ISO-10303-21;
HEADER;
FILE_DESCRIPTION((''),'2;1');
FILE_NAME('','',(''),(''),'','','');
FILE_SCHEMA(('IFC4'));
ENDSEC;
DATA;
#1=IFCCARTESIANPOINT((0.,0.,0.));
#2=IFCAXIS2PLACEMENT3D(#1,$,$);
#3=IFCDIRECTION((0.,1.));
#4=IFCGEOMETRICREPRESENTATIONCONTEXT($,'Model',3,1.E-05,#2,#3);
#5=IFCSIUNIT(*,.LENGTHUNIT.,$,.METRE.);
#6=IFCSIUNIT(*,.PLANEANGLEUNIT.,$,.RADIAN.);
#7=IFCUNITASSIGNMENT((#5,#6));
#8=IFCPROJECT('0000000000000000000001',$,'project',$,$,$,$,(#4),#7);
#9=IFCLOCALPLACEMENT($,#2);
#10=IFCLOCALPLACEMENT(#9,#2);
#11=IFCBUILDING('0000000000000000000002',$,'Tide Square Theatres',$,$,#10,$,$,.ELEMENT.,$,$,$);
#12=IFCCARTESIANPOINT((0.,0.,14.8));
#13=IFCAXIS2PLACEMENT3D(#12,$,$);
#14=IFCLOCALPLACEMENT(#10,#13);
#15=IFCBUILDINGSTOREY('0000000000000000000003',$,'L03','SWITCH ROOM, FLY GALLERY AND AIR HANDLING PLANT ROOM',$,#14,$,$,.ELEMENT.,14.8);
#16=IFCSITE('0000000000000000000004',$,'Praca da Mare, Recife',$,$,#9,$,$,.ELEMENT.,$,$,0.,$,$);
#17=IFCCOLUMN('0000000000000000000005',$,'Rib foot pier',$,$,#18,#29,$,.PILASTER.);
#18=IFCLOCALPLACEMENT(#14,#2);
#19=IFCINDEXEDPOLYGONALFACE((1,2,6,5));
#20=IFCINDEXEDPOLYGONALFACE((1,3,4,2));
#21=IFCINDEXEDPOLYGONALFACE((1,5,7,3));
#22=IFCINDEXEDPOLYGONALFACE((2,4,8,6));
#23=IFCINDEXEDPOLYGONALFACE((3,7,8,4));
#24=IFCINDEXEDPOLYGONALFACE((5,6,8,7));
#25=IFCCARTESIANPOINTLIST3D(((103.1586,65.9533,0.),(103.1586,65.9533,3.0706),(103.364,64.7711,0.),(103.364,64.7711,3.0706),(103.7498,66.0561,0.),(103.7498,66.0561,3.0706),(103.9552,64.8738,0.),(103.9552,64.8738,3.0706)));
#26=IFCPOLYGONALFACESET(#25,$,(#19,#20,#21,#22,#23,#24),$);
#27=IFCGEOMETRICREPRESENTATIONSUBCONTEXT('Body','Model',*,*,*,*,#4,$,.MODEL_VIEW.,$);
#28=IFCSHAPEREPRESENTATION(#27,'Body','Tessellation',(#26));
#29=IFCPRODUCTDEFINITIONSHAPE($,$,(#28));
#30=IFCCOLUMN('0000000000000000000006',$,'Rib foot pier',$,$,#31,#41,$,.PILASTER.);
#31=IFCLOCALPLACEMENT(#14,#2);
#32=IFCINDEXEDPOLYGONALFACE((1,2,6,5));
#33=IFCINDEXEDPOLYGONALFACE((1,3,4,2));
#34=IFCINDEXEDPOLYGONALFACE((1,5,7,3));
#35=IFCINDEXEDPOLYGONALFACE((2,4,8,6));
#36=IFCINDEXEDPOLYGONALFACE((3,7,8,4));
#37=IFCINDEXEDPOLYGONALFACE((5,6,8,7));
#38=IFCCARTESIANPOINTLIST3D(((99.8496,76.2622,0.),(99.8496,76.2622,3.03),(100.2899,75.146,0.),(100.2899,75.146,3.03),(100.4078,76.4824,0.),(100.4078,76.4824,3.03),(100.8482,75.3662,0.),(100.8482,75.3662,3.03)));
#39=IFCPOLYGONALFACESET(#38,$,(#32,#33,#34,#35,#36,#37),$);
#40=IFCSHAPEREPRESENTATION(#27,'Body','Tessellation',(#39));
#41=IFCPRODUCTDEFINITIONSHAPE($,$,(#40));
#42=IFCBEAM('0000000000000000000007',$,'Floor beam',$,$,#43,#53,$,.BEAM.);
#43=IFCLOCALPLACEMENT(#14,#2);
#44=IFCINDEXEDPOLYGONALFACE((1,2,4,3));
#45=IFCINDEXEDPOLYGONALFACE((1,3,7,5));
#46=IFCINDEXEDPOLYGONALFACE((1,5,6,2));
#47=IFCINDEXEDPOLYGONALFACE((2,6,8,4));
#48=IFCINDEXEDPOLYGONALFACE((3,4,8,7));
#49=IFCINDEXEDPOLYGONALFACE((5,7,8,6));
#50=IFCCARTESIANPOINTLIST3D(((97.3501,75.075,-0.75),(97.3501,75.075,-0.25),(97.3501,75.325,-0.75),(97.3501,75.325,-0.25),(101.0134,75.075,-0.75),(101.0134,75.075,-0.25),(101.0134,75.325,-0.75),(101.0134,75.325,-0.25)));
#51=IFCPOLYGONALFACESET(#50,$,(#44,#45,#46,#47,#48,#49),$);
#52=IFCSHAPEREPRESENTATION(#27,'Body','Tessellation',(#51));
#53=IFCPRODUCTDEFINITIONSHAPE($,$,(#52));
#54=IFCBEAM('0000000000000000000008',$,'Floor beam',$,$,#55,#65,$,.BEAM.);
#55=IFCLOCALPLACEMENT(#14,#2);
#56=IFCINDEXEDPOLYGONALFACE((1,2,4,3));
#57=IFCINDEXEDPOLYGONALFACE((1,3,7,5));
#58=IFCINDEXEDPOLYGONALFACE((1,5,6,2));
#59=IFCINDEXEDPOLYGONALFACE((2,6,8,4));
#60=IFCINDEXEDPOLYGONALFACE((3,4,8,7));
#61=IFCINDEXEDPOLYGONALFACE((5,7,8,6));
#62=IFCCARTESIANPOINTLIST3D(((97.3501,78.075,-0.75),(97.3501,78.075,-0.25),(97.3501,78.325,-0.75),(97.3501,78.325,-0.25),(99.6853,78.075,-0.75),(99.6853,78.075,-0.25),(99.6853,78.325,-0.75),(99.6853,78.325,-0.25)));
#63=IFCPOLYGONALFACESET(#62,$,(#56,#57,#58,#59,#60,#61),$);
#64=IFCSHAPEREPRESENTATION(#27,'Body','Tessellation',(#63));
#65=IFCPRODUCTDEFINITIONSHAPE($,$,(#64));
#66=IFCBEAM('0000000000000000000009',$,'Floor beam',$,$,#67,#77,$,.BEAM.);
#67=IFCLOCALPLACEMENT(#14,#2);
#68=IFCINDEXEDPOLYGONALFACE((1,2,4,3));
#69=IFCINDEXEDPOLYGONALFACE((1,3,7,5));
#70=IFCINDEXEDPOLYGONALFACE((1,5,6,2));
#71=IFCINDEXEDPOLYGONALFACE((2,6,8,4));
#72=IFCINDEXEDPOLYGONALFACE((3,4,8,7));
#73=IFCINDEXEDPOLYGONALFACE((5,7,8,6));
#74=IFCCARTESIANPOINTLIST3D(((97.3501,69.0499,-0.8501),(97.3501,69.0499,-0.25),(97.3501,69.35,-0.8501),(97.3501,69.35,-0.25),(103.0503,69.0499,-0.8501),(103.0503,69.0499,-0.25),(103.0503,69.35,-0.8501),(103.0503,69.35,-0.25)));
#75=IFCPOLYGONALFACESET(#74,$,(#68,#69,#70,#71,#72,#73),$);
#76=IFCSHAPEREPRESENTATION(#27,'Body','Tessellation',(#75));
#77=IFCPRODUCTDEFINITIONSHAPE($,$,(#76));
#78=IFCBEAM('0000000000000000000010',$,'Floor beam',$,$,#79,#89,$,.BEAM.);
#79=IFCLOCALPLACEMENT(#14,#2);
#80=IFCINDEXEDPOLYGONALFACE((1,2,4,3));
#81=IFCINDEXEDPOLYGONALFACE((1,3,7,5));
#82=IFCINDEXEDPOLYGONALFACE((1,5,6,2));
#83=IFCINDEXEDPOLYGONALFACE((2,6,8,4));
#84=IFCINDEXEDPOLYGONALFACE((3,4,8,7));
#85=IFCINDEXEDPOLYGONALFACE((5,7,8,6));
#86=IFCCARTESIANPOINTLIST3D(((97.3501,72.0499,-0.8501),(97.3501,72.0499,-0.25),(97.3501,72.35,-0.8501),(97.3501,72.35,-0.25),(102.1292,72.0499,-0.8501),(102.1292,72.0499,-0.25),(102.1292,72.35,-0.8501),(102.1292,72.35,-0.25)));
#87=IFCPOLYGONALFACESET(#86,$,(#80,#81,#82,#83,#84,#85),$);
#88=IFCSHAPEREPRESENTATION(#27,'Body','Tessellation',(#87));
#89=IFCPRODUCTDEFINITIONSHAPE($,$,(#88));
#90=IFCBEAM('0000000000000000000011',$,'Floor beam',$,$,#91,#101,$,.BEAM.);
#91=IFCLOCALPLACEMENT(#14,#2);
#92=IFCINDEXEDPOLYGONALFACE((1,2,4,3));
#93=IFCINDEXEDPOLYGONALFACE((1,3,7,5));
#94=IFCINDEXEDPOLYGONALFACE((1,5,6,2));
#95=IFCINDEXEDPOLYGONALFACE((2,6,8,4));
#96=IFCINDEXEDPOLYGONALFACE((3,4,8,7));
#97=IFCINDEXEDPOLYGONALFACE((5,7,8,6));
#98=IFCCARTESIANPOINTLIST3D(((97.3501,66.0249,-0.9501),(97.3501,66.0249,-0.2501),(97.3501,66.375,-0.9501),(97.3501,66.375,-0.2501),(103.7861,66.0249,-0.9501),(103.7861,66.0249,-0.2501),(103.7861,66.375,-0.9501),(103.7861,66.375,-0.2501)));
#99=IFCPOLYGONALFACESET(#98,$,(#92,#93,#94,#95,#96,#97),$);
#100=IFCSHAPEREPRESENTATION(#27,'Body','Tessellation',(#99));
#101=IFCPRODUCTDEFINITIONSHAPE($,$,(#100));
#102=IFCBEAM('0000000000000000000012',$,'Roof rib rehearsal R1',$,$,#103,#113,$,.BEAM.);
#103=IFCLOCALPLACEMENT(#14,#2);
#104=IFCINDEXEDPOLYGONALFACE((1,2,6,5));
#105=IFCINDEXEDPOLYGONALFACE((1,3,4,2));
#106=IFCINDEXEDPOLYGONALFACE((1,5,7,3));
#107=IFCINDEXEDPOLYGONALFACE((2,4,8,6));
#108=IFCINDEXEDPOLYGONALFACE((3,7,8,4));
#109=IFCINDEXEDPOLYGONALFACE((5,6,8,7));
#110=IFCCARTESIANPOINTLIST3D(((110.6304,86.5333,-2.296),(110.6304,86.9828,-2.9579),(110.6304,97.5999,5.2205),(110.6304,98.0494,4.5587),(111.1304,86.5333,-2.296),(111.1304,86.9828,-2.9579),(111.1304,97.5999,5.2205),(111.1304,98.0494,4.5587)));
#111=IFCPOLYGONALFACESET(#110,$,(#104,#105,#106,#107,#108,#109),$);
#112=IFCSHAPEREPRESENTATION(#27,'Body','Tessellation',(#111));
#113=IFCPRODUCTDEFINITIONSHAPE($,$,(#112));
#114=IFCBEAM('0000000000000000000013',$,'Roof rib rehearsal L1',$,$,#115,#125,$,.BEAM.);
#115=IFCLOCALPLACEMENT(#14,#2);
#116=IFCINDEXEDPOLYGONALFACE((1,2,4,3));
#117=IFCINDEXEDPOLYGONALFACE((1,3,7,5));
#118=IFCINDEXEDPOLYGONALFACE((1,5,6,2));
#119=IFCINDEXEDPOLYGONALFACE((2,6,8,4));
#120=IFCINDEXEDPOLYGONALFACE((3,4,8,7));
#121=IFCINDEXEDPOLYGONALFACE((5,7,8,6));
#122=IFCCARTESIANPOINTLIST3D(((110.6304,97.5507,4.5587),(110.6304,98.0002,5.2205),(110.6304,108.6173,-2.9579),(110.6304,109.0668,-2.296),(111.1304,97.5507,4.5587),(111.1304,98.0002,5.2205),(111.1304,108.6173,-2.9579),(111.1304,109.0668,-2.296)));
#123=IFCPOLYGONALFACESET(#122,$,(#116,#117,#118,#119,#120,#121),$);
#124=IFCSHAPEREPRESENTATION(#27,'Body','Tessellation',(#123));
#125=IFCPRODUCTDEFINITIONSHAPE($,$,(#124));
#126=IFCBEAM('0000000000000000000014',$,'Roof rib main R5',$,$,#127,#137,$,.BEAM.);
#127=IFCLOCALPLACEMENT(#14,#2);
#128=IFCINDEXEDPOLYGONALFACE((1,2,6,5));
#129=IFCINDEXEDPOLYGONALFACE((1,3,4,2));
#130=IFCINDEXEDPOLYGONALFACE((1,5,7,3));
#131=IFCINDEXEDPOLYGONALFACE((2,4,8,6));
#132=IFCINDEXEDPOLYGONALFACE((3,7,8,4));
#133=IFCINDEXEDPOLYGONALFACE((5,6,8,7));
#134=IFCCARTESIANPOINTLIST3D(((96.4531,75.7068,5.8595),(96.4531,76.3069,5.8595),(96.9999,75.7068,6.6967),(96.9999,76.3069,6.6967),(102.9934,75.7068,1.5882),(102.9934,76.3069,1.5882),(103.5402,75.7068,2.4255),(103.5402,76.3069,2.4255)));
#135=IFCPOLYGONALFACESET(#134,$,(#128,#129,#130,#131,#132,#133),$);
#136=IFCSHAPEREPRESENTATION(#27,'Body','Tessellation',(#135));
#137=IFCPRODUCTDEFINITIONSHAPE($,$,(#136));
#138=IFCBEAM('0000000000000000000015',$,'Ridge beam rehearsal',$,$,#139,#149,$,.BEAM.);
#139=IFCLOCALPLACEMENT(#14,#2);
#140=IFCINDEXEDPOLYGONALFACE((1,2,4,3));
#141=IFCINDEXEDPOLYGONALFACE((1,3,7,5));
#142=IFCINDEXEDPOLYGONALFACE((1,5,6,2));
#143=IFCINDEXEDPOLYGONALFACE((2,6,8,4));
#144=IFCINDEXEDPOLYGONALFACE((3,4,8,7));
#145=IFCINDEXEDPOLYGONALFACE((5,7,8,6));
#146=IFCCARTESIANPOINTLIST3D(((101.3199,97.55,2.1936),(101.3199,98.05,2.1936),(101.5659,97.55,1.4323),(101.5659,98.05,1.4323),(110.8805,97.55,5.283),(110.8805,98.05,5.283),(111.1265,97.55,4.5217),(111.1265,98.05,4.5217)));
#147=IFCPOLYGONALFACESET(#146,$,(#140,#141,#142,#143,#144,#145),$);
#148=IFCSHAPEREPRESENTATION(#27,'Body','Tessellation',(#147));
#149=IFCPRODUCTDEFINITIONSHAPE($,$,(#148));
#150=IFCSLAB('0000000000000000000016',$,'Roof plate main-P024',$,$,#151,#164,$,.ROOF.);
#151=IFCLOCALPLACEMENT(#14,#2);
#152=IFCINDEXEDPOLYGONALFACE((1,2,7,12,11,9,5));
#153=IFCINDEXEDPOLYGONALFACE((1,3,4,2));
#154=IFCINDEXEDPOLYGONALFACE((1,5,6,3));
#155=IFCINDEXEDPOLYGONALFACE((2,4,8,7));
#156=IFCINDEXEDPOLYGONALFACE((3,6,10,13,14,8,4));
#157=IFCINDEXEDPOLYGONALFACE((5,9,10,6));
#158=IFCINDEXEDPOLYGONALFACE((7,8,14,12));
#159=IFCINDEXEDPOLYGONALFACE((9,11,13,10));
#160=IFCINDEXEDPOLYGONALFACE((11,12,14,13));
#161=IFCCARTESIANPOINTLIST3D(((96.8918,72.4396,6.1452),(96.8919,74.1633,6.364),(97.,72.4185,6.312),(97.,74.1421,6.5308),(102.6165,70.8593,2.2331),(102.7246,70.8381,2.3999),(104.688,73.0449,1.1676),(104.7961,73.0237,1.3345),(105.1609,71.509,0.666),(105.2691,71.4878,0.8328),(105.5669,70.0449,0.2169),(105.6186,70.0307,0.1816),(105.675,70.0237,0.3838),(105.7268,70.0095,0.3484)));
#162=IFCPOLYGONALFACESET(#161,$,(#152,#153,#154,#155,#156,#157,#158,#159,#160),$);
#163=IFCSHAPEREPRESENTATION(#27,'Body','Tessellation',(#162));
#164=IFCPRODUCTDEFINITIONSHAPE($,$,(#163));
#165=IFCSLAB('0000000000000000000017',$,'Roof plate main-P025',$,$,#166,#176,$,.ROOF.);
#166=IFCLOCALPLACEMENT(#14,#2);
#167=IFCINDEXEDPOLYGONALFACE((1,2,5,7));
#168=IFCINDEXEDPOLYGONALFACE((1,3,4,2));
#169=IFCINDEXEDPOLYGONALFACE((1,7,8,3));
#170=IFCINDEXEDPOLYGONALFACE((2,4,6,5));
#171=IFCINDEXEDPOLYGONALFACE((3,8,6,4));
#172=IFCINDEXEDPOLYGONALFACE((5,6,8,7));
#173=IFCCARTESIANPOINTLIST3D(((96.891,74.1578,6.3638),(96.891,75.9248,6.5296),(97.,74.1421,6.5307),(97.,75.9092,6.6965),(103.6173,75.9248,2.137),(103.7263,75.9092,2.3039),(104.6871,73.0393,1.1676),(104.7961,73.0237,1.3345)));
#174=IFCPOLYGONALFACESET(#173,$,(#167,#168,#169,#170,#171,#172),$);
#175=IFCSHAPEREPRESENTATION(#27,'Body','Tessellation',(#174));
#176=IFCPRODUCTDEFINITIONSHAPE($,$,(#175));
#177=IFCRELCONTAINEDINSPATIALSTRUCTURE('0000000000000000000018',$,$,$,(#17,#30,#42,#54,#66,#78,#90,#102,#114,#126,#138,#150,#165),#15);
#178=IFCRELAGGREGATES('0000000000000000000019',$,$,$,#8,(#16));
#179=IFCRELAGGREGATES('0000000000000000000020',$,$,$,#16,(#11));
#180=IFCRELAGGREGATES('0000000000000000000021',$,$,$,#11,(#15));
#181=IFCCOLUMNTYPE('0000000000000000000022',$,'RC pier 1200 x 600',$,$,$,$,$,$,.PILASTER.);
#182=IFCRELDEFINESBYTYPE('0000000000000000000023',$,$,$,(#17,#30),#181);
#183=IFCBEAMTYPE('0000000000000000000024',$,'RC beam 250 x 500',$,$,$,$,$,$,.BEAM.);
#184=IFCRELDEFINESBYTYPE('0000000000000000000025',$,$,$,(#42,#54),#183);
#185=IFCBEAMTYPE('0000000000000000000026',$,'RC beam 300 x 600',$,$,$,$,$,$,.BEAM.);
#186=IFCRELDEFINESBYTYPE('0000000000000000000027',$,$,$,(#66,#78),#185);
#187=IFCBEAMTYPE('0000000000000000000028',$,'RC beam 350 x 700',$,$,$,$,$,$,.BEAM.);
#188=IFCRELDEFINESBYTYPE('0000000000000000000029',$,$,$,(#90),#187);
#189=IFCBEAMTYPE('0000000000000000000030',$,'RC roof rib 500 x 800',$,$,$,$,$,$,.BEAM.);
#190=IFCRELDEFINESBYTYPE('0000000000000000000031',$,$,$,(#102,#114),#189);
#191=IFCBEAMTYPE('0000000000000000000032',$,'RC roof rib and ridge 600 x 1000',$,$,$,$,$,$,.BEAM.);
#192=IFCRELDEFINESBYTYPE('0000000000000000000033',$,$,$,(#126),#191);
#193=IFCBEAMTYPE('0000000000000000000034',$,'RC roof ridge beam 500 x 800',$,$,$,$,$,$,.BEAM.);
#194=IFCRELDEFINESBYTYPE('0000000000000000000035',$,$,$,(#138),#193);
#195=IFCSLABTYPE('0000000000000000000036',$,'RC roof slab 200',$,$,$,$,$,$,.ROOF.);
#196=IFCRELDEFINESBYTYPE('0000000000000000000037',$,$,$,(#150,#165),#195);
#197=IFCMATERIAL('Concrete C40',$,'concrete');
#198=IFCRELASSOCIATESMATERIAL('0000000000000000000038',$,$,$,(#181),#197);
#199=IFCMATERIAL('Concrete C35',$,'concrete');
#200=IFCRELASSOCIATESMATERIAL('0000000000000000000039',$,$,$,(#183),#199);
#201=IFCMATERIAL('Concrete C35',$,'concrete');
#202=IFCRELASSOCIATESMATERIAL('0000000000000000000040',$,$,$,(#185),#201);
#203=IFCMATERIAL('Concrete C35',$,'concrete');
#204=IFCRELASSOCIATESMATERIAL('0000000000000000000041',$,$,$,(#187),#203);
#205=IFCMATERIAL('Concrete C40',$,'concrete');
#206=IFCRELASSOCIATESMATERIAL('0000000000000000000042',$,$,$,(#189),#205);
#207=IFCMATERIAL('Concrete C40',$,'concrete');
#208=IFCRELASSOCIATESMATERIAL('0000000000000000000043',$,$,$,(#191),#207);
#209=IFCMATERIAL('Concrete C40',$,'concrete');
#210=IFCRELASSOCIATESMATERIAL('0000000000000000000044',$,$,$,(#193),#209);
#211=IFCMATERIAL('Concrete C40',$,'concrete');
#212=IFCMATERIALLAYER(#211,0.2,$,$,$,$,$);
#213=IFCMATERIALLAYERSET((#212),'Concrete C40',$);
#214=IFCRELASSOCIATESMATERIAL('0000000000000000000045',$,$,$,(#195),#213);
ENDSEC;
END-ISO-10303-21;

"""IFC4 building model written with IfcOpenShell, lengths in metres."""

from ifc_helpers import new_model, si_unit, direction, frame, origin, origin_2d, place, context, subcontext, project, spatial, polyline, rectangle, outline, extrude, material, layer, layer_set, material_profile, profile_set, type_object, element, save


model = new_model("IFC4")

# Units and contexts
model_context = context("Model", 3, precision=1e-05, world=origin(), true_north=direction((0.0, 1.0)))
body_context = subcontext(model_context, "Body", "Model", "MODEL_VIEW")
ifc_project = project(units=[si_unit("LENGTHUNIT", "METRE"), si_unit("PLANEANGLEUNIT", "RADIAN")], contexts=[model_context])

# Site, building, storey
site_placement = place(None, origin())
site = spatial("IfcSite", under=ifc_project, at=site_placement, Name="Praca da Mare, Recife", CompositionType="ELEMENT", RefElevation=0.0)
building_placement = place(site_placement, origin())
building = spatial("IfcBuilding", under=site, at=building_placement, Name="Tide Square Theatres", CompositionType="ELEMENT")
storey_placement = place(building_placement, frame((0.0, 0.0, 14.8)))
storey = spatial("IfcBuildingStorey", under=building, at=storey_placement, Name="L03", Description="SWITCH ROOM, FLY GALLERY AND AIR HANDLING PLANT ROOM", CompositionType="ELEMENT", Elevation=14.8)

# Columns
ifc_material_1 = material(Name="Concrete C40", Category="concrete")
ifc_material_profile_1 = material_profile(ifc_material_1, rectangle(XDim=1.2, YDim=0.6001, at=origin_2d()))
ifc_profile_set_1 = profile_set([ifc_material_profile_1], Name="Concrete C40")
column_type = type_object("IfcColumnType", Name="RC pier 1200 x 600", PredefinedType="PILASTER", material=ifc_profile_set_1)
column_1_placement = place(storey_placement, frame((103.5569, 65.4136, 0.0), z_axis=(0.0, 0.0, 1.0), x_axis=(-0.171173, 0.985241, 0.0)))
element("IfcColumn", 1, at=column_1_placement, inside=storey, type_object=column_type, Name="Rib foot pier", PredefinedType="PILASTER", context=body_context, shape_type="SweptSolid", body=[
    extrude(rectangle(XDim=1.2, YDim=0.6001, at=origin_2d()), origin(), (0.0, 0.0, 1.0), 3.0706),
])
column_2_placement = place(storey_placement, frame((100.3489, 75.8142, 0.0), z_axis=(0.0, 0.0, 1.0), x_axis=(-0.366956, 0.930238, 0.0)))
element("IfcColumn", 2, at=column_2_placement, inside=storey, type_object=column_type, Name="Rib foot pier", PredefinedType="PILASTER", context=body_context, shape_type="SweptSolid", body=[
    extrude(rectangle(XDim=1.2, YDim=0.6001, at=origin_2d()), origin(), (0.0, 0.0, 1.0), 3.03),
])

# Beams
ifc_material_2 = material(Name="Concrete C35", Category="concrete")
ifc_material_profile_2 = material_profile(ifc_material_2, rectangle(XDim=0.25, YDim=0.5, at=origin_2d()))
ifc_profile_set_2 = profile_set([ifc_material_profile_2], Name="Concrete C35")
beam_type_1 = type_object("IfcBeamType", Name="RC beam 250 x 500", PredefinedType="BEAM", material=ifc_profile_set_2)
beam_1_placement = place(storey_placement, frame((97.3501, 75.2, -0.5), z_axis=(1.0, 0.0, 0.0), x_axis=(0.0, 1.0, 0.0)))
element("IfcBeam", 3, at=beam_1_placement, inside=storey, type_object=beam_type_1, Name="Floor beam", PredefinedType="BEAM", context=body_context, shape_type="SweptSolid", body=[
    extrude(rectangle(XDim=0.25, YDim=0.5, at=origin_2d()), origin(), (0.0, 0.0, 1.0), 3.6633),
])
beam_2_placement = place(storey_placement, frame((97.3501, 78.2, -0.5), z_axis=(1.0, 0.0, 0.0), x_axis=(0.0, 1.0, 0.0)))
element("IfcBeam", 4, at=beam_2_placement, inside=storey, type_object=beam_type_1, Name="Floor beam", PredefinedType="BEAM", context=body_context, shape_type="SweptSolid", body=[
    extrude(rectangle(XDim=0.25, YDim=0.5, at=origin_2d()), origin(), (0.0, 0.0, 1.0), 2.3352),
])
ifc_material_3 = material(Name="Concrete C35", Category="concrete")
ifc_material_profile_3 = material_profile(ifc_material_3, rectangle(XDim=0.3, YDim=0.6001, at=origin_2d()))
ifc_profile_set_3 = profile_set([ifc_material_profile_3], Name="Concrete C35")
beam_type_2 = type_object("IfcBeamType", Name="RC beam 300 x 600", PredefinedType="BEAM", material=ifc_profile_set_3)
beam_3_placement = place(storey_placement, frame((97.3501, 69.2, -0.55), z_axis=(1.0, 0.0, 0.0), x_axis=(0.0, 1.0, 0.0)))
element("IfcBeam", 5, at=beam_3_placement, inside=storey, type_object=beam_type_2, Name="Floor beam", PredefinedType="BEAM", context=body_context, shape_type="SweptSolid", body=[
    extrude(rectangle(XDim=0.3, YDim=0.6001, at=origin_2d()), origin(), (0.0, 0.0, 1.0), 5.7002),
])
beam_4_placement = place(storey_placement, frame((97.3501, 72.2, -0.55), z_axis=(1.0, 0.0, 0.0), x_axis=(0.0, 1.0, 0.0)))
element("IfcBeam", 6, at=beam_4_placement, inside=storey, type_object=beam_type_2, Name="Floor beam", PredefinedType="BEAM", context=body_context, shape_type="SweptSolid", body=[
    extrude(rectangle(XDim=0.3, YDim=0.6001, at=origin_2d()), origin(), (0.0, 0.0, 1.0), 4.7791),
])
ifc_material_4 = material(Name="Concrete C35", Category="concrete")
ifc_material_profile_4 = material_profile(ifc_material_4, rectangle(XDim=0.3501, YDim=0.7, at=origin_2d()))
ifc_profile_set_4 = profile_set([ifc_material_profile_4], Name="Concrete C35")
beam_type_3 = type_object("IfcBeamType", Name="RC beam 350 x 700", PredefinedType="BEAM", material=ifc_profile_set_4)
beam_5_placement = place(storey_placement, frame((97.3501, 66.2, -0.6001), z_axis=(1.0, 0.0, 0.0), x_axis=(0.0, 1.0, 0.0)))
element("IfcBeam", 7, at=beam_5_placement, inside=storey, type_object=beam_type_3, Name="Floor beam", PredefinedType="BEAM", context=body_context, shape_type="SweptSolid", body=[
    extrude(rectangle(XDim=0.3501, YDim=0.7, at=origin_2d()), origin(), (0.0, 0.0, 1.0), 6.436),
])
ifc_material_5 = material(Name="Concrete C40", Category="concrete")
ifc_material_profile_5 = material_profile(ifc_material_5, rectangle(XDim=0.5, YDim=0.8, at=origin_2d()))
ifc_profile_set_5 = profile_set([ifc_material_profile_5], Name="Concrete C40")
beam_type_4 = type_object("IfcBeamType", Name="RC roof rib 500 x 800", PredefinedType="BEAM", material=ifc_profile_set_5)
for number, where, z_axis, x_axis, name in (
    (8, (110.8804, 86.7581, -2.627), (0.0, 0.827229, 0.561864), (-1.0, 0.0, 0.0), "Roof rib rehearsal R1"),
    (9, (110.8804, 108.842, -2.627), (0.0, -0.827229, 0.561864), (1.0, 0.0, 0.0), "Roof rib rehearsal L1"),
):
    element("IfcBeam", number, at=place(storey_placement, frame(where, z_axis=z_axis, x_axis=x_axis)), inside=storey, type_object=beam_type_4, Name=name, PredefinedType="BEAM", context=body_context, shape_type="SweptSolid", body=[
        extrude(rectangle(XDim=0.5, YDim=0.8, at=origin_2d()), origin(), (0.0, 0.0, 1.0), 13.3779),
    ])
ifc_material_6 = material(Name="Concrete C40", Category="concrete")
ifc_material_profile_6 = material_profile(ifc_material_6, rectangle(XDim=0.6001, YDim=1.0, at=origin_2d()))
ifc_profile_set_6 = profile_set([ifc_material_profile_6], Name="Concrete C40")
beam_type_5 = type_object("IfcBeamType", Name="RC roof rib and ridge 600 x 1000", PredefinedType="BEAM", material=ifc_profile_set_6)
beam_6_placement = place(storey_placement, frame((103.2668, 76.0068, 2.0068), z_axis=(-0.837268, 0.0, 0.546792), x_axis=(0.0, -1.0, 0.0)))
element("IfcBeam", 10, at=beam_6_placement, inside=storey, type_object=beam_type_5, Name="Roof rib main R5", PredefinedType="BEAM", context=body_context, shape_type="SweptSolid", body=[
    extrude(rectangle(XDim=0.6001, YDim=1.0, at=origin_2d()), origin(), (0.0, 0.0, 1.0), 7.8115),
])
ifc_material_7 = material(Name="Concrete C40", Category="concrete")
ifc_material_profile_7 = material_profile(ifc_material_7, rectangle(XDim=0.5, YDim=0.8, at=origin_2d()))
ifc_profile_set_7 = profile_set([ifc_material_profile_7], Name="Concrete C40")
beam_type_6 = type_object("IfcBeamType", Name="RC roof ridge beam 500 x 800", PredefinedType="BEAM", material=ifc_profile_set_7)
beam_7_placement = place(storey_placement, frame((101.4429, 97.8, 1.813), z_axis=(0.951554, 0.0, 0.307481), x_axis=(0.0, 1.0, 0.0)))
element("IfcBeam", 11, at=beam_7_placement, inside=storey, type_object=beam_type_6, Name="Ridge beam rehearsal", PredefinedType="BEAM", context=body_context, shape_type="SweptSolid", body=[
    extrude(rectangle(XDim=0.5, YDim=0.8, at=origin_2d()), origin(), (0.0, 0.0, 1.0), 10.0474),
])

# Slabs
ifc_material_8 = material(Name="Concrete C40", Category="concrete")
ifc_layer_1 = layer(ifc_material_8, 0.2)
ifc_layer_set_1 = layer_set([ifc_layer_1], Name="Concrete C40")
slab_type = type_object("IfcSlabType", Name="RC roof slab 200", PredefinedType="ROOF", material=ifc_layer_set_1)
slab_1_placement = place(storey_placement, frame((104.7961, 73.0237, 1.3345), z_axis=(0.540932, -0.105945, 0.834367), x_axis=(-0.826237, 0.118529, 0.550712)))
element("IfcSlab", 12, at=slab_1_placement, inside=storey, type_object=slab_type, Name="Roof plate main-P024", PredefinedType="ROOF", context=body_context, shape_type="SweptSolid", body=[
    extrude(outline(polyline([(0.0, 0.0), (9.4357, 0.0), (9.1109, 1.7068), (2.0393, 2.4585), (-0.8491, 1.4537), (-1.6053, 2.8459), (-1.6693, 2.8526), (0.0, 0.0)])), origin(), (0.0, 0.0, -1.0), 0.2),
])
slab_2_placement = place(storey_placement, frame((104.7961, 73.0237, 1.3345), z_axis=(0.545103, -0.078329, 0.834702), x_axis=(-0.331578, 0.894304, 0.30046)))
element("IfcSlab", 13, at=slab_2_placement, inside=storey, type_object=slab_type, Name="Roof plate main-P025", PredefinedType="ROOF", context=body_context, shape_type="SweptSolid", body=[
    extrude(outline(polyline([(0.0, 0.0), (3.2265, 0.0), (6.7766, 7.2066), (5.1465, 7.9086), (0.0, 0.0)])), origin(), (0.0, 0.0, -1.0), 0.2),
])

save(model, "model.ifc")
